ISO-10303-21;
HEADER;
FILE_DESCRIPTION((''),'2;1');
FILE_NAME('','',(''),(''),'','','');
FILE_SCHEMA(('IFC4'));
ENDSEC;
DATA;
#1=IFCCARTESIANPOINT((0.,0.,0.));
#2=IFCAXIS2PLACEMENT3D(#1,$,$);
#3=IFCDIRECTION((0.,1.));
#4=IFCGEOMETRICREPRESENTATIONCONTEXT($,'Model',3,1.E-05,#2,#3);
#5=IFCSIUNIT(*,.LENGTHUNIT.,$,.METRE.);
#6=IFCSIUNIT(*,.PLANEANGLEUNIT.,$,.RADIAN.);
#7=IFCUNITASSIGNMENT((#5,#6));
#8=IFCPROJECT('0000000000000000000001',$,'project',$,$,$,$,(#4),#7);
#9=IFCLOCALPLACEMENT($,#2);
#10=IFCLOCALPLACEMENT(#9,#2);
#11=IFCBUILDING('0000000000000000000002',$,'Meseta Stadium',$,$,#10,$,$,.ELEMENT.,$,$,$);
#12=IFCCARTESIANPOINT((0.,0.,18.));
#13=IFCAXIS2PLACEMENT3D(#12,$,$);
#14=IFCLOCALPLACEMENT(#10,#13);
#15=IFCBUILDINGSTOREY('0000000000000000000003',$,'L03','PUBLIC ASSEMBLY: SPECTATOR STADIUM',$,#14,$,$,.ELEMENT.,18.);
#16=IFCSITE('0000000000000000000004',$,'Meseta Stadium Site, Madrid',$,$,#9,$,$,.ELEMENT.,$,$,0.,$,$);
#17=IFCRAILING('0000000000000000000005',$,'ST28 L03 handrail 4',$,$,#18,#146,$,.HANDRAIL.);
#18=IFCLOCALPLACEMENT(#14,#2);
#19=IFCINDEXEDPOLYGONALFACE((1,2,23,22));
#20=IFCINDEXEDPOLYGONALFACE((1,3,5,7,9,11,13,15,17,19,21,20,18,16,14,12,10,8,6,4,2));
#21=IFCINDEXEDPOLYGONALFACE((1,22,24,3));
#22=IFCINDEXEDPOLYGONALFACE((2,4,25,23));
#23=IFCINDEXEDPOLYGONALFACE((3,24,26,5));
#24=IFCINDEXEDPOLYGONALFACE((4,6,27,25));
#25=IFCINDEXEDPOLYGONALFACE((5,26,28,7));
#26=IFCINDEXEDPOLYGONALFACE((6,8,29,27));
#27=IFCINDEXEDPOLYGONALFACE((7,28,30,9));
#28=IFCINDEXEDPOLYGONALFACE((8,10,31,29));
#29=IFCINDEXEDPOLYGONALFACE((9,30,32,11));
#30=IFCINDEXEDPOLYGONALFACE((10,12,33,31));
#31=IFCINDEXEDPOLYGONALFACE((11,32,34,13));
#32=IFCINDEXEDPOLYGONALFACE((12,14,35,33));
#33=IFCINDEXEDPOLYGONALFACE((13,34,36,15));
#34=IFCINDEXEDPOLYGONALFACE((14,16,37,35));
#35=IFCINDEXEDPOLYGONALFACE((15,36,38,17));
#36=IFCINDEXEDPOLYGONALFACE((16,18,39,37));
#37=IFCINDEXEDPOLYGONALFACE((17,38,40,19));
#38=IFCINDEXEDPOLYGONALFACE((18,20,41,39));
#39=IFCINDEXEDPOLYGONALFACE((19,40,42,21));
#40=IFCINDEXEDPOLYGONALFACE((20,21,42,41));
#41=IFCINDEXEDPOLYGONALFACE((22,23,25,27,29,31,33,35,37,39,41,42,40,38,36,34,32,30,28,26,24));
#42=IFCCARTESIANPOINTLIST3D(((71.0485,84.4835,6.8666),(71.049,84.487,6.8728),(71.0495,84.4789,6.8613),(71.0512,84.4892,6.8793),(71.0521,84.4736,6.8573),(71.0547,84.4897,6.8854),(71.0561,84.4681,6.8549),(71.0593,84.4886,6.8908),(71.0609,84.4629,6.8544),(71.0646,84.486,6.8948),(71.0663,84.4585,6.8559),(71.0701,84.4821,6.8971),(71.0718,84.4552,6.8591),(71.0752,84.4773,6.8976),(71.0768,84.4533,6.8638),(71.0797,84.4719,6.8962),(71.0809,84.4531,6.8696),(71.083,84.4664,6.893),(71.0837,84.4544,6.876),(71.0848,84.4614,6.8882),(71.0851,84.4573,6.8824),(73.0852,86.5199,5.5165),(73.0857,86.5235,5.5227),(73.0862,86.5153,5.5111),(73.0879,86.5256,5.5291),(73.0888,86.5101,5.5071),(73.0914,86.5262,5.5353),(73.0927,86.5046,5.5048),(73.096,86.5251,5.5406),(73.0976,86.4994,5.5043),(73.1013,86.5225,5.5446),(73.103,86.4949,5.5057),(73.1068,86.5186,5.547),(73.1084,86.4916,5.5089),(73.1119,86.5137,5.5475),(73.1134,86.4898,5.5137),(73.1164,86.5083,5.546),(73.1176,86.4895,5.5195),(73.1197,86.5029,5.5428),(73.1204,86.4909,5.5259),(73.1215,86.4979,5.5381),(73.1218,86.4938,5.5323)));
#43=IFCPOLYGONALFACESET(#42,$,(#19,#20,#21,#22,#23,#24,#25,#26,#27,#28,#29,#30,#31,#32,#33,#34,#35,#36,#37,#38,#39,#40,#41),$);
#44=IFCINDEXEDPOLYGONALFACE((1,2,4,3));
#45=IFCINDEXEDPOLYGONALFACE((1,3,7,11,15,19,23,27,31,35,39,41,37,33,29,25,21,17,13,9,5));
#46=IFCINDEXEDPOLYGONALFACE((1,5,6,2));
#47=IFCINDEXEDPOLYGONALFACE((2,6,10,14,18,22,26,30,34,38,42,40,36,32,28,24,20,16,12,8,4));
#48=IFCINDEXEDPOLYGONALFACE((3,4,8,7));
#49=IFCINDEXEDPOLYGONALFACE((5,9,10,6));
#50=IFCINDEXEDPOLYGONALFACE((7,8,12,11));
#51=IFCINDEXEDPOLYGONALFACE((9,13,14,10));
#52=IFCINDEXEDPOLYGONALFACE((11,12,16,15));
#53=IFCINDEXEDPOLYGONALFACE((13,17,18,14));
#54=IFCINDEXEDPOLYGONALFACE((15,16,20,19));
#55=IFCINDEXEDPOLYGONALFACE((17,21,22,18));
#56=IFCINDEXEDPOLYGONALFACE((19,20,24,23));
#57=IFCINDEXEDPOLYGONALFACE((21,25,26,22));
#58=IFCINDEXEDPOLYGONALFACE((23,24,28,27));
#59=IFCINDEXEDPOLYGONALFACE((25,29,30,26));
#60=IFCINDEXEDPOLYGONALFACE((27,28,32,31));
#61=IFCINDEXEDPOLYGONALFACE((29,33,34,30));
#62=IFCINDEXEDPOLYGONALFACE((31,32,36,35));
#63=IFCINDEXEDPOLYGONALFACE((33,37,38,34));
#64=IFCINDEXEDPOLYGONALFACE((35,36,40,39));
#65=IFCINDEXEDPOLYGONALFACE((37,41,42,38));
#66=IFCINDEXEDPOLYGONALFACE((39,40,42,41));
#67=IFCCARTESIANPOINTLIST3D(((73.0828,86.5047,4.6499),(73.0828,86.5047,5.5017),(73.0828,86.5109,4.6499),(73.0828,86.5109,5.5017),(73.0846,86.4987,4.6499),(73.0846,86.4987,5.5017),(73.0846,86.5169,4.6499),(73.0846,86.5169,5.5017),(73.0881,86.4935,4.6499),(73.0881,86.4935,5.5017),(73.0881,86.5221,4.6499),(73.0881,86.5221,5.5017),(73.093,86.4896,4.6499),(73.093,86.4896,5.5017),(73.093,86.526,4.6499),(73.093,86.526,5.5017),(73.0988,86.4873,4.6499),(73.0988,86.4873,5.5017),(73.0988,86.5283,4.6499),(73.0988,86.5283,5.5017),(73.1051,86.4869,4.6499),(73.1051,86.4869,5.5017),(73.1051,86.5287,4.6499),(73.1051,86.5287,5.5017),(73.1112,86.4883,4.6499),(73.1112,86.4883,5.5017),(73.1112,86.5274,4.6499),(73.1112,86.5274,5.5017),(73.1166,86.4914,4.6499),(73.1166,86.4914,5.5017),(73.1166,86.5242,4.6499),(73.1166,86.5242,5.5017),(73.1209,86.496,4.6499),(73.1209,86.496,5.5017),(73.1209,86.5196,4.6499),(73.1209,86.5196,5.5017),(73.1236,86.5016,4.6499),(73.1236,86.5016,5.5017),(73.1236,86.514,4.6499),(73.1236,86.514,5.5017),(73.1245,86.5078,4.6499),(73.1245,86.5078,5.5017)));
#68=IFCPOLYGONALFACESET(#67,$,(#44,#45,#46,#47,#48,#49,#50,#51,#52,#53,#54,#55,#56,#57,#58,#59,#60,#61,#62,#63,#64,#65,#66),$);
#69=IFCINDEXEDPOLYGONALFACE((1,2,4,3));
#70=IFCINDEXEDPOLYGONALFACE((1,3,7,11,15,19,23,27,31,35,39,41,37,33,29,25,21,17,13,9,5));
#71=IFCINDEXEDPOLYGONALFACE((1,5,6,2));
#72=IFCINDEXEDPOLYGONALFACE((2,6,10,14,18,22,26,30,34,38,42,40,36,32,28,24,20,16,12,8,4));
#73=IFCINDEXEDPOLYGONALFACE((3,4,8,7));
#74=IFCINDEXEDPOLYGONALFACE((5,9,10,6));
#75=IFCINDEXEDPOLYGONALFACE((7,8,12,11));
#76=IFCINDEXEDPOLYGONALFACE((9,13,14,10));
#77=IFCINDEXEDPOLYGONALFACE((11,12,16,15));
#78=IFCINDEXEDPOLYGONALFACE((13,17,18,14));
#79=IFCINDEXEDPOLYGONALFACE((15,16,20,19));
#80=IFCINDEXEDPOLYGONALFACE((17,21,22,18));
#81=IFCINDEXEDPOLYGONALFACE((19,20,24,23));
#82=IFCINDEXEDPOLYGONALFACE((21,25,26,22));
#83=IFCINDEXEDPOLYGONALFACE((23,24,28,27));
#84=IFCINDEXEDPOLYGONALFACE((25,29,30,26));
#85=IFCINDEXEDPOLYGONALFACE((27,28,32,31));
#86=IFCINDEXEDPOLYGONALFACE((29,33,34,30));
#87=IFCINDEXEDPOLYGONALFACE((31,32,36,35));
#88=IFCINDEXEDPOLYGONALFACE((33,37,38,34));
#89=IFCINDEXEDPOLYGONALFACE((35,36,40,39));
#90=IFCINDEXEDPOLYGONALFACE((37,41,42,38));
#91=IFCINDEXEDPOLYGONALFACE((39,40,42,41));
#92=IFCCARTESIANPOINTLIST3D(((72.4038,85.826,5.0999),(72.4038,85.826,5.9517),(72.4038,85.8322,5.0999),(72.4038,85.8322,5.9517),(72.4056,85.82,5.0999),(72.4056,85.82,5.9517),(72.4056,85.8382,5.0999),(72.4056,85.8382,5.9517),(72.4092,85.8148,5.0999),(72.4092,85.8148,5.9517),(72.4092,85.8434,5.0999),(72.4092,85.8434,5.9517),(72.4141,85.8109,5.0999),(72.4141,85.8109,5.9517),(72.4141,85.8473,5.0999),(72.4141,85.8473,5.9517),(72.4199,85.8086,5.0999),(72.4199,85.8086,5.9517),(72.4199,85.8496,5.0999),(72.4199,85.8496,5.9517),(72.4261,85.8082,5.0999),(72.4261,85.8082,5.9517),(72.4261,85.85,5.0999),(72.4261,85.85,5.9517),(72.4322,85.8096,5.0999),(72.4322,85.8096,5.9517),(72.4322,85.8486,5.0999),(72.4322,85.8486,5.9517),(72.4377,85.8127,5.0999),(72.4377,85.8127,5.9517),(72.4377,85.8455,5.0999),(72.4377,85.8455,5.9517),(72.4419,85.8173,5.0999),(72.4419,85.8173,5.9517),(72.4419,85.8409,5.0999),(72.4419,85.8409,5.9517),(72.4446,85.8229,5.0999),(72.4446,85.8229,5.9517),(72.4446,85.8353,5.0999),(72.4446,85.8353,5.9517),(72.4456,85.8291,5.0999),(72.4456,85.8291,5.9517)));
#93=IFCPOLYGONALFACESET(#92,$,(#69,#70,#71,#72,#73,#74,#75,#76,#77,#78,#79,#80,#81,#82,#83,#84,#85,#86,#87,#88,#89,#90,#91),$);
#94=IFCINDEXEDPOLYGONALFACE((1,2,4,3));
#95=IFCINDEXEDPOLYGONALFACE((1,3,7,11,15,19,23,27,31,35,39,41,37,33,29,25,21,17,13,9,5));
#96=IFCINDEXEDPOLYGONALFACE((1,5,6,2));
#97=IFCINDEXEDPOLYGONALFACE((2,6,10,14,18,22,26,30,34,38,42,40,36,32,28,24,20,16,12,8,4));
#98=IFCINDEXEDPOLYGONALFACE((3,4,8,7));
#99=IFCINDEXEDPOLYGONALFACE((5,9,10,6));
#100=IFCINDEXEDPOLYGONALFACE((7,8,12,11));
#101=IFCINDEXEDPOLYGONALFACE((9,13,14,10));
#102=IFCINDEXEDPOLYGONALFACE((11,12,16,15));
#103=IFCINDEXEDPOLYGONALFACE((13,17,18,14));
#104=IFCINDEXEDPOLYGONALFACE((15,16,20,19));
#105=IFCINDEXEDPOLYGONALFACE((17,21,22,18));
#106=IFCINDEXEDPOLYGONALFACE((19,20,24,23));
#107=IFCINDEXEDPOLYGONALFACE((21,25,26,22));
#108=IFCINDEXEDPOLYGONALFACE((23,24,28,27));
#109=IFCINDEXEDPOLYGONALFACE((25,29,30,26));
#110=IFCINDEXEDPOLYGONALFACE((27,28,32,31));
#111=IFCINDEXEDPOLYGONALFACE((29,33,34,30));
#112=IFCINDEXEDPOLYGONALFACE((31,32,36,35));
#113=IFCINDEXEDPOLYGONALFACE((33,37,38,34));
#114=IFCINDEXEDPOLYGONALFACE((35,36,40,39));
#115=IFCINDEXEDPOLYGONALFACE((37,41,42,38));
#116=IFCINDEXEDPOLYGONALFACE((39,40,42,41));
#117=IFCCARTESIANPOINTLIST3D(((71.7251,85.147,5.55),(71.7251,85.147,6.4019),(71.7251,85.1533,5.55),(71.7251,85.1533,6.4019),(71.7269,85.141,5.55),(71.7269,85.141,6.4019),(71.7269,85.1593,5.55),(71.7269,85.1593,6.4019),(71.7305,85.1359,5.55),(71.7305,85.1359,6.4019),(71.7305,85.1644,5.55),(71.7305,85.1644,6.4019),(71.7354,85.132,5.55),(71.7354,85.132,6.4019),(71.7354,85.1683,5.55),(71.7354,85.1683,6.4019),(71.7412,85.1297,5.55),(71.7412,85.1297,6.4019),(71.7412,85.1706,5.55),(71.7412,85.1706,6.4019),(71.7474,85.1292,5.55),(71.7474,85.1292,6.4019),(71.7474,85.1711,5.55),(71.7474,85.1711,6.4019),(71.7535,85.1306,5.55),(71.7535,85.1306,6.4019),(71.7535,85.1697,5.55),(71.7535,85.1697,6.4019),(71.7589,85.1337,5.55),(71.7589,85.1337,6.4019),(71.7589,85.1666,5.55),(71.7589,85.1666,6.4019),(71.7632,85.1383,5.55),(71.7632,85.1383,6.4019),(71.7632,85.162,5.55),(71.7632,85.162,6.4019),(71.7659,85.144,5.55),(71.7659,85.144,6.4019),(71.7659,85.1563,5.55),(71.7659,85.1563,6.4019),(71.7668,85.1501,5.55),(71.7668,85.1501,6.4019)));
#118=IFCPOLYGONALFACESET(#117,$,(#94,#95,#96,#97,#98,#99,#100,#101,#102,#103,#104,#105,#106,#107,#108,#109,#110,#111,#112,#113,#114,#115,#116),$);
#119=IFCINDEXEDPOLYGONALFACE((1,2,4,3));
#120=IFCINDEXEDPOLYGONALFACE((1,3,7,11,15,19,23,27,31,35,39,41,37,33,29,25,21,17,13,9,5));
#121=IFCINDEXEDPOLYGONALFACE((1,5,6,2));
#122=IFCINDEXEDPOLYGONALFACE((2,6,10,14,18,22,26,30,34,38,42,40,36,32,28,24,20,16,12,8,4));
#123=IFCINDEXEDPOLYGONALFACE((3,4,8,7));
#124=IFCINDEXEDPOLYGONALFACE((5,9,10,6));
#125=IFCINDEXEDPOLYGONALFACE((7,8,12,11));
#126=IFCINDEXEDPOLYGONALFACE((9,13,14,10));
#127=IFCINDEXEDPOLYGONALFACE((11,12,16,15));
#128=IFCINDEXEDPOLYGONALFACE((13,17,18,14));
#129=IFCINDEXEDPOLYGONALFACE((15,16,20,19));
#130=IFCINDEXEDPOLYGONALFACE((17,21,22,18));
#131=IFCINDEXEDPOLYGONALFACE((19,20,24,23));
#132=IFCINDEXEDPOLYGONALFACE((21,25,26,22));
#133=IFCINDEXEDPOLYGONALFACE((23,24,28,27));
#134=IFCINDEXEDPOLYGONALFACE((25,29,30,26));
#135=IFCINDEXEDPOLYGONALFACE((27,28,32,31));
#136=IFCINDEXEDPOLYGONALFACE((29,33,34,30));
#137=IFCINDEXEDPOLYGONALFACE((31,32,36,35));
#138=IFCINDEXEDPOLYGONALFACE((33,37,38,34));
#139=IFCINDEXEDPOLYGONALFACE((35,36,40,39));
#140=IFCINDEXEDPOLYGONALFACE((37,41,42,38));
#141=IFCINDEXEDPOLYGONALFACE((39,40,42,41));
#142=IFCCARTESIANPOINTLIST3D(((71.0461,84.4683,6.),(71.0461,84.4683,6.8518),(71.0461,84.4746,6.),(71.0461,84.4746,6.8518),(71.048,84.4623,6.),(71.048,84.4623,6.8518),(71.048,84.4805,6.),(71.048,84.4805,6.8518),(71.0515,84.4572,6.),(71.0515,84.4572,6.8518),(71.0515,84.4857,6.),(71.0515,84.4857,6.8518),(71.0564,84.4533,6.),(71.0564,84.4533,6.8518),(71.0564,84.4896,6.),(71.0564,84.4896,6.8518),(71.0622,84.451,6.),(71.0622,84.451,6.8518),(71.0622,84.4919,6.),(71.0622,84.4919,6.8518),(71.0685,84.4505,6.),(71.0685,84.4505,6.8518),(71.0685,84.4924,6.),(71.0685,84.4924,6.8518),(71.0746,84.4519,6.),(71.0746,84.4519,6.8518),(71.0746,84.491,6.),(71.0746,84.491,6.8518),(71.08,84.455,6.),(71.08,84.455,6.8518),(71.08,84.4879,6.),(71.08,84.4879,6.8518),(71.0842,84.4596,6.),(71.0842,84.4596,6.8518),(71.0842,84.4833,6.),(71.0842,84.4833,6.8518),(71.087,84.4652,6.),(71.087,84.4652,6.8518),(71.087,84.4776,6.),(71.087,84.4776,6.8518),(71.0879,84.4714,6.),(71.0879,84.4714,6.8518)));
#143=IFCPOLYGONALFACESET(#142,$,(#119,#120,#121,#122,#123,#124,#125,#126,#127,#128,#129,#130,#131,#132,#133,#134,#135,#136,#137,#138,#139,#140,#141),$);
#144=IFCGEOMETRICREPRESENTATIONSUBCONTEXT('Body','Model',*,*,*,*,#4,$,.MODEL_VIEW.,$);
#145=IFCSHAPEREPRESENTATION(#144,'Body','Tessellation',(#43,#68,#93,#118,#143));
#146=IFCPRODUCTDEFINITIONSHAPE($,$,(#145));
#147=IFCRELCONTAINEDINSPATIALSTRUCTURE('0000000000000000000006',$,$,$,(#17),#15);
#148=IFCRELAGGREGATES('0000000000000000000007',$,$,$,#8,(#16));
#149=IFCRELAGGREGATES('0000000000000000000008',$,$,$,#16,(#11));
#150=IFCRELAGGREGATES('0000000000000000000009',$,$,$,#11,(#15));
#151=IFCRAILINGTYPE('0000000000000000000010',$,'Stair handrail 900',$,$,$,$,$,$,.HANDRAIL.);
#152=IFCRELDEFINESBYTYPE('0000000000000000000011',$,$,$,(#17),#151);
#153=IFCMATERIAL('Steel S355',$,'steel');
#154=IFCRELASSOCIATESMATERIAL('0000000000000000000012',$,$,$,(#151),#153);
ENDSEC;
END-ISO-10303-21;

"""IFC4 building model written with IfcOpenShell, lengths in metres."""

from ifc_helpers import new_model, si_unit, direction, frame, origin, origin_2d, place, context, subcontext, project, spatial, circle, extrude, material, type_object, element, save


model = new_model("IFC4")

# Units and contexts
model_context = context("Model", 3, precision=1e-05, world=origin(), true_north=direction((0.0, 1.0)))
body_context = subcontext(model_context, "Body", "Model", "MODEL_VIEW")
ifc_project = project(units=[si_unit("LENGTHUNIT", "METRE"), si_unit("PLANEANGLEUNIT", "RADIAN")], contexts=[model_context])

# Site, building, storey
site_placement = place(None, origin())
site = spatial("IfcSite", under=ifc_project, at=site_placement, Name="Meseta Stadium Site, Madrid", CompositionType="ELEMENT", RefElevation=0.0)
building_placement = place(site_placement, origin())
building = spatial("IfcBuilding", under=site, at=building_placement, Name="Meseta Stadium", CompositionType="ELEMENT")
storey_placement = place(building_placement, frame((0.0, 0.0, 18.0)))
storey = spatial("IfcBuildingStorey", under=building, at=storey_placement, Name="L03", Description="PUBLIC ASSEMBLY: SPECTATOR STADIUM", CompositionType="ELEMENT", Elevation=18.0)

# Railing
ifc_material_1 = material(Name="Steel S355", Category="steel")
railing_type_1 = type_object("IfcRailingType", Name="Stair handrail 900", PredefinedType="HANDRAIL", material=ifc_material_1)
railing_1_placement = place(storey_placement, frame((73.1035, 86.5078, 4.6499)))
element("IfcRailing", 1, at=railing_1_placement, inside=storey, type_object=railing_type_1, Name="ST28 L03 handrail 4", PredefinedType="HANDRAIL", context=body_context, shape_type="SweptSolid", body=[
    extrude(circle(Radius=0.0239, at=origin_2d()), frame((0.0, 0.0, 0.876), z_axis=(-0.640288, -0.640211, 0.424454), x_axis=(0.707064, -0.707149, 0.0)), (0.0, 0.0, 1.0), 3.1809),
    extrude(circle(Radius=0.021, at=origin_2d()), origin(), (0.0, 0.0, 1.0), 0.8518),
    extrude(circle(Radius=0.021, at=origin_2d()), frame((-0.679, -0.6787, 0.45)), (0.0, 0.0, 1.0), 0.8518),
    extrude(circle(Radius=0.021, at=origin_2d()), frame((-1.3577, -1.3577, 0.9001)), (0.0, 0.0, 1.0), 0.8518),
    extrude(circle(Radius=0.021, at=origin_2d()), frame((-2.0366, -2.0364, 1.3501)), (0.0, 0.0, 1.0), 0.8518),
])

save(model, "model.ifc")
